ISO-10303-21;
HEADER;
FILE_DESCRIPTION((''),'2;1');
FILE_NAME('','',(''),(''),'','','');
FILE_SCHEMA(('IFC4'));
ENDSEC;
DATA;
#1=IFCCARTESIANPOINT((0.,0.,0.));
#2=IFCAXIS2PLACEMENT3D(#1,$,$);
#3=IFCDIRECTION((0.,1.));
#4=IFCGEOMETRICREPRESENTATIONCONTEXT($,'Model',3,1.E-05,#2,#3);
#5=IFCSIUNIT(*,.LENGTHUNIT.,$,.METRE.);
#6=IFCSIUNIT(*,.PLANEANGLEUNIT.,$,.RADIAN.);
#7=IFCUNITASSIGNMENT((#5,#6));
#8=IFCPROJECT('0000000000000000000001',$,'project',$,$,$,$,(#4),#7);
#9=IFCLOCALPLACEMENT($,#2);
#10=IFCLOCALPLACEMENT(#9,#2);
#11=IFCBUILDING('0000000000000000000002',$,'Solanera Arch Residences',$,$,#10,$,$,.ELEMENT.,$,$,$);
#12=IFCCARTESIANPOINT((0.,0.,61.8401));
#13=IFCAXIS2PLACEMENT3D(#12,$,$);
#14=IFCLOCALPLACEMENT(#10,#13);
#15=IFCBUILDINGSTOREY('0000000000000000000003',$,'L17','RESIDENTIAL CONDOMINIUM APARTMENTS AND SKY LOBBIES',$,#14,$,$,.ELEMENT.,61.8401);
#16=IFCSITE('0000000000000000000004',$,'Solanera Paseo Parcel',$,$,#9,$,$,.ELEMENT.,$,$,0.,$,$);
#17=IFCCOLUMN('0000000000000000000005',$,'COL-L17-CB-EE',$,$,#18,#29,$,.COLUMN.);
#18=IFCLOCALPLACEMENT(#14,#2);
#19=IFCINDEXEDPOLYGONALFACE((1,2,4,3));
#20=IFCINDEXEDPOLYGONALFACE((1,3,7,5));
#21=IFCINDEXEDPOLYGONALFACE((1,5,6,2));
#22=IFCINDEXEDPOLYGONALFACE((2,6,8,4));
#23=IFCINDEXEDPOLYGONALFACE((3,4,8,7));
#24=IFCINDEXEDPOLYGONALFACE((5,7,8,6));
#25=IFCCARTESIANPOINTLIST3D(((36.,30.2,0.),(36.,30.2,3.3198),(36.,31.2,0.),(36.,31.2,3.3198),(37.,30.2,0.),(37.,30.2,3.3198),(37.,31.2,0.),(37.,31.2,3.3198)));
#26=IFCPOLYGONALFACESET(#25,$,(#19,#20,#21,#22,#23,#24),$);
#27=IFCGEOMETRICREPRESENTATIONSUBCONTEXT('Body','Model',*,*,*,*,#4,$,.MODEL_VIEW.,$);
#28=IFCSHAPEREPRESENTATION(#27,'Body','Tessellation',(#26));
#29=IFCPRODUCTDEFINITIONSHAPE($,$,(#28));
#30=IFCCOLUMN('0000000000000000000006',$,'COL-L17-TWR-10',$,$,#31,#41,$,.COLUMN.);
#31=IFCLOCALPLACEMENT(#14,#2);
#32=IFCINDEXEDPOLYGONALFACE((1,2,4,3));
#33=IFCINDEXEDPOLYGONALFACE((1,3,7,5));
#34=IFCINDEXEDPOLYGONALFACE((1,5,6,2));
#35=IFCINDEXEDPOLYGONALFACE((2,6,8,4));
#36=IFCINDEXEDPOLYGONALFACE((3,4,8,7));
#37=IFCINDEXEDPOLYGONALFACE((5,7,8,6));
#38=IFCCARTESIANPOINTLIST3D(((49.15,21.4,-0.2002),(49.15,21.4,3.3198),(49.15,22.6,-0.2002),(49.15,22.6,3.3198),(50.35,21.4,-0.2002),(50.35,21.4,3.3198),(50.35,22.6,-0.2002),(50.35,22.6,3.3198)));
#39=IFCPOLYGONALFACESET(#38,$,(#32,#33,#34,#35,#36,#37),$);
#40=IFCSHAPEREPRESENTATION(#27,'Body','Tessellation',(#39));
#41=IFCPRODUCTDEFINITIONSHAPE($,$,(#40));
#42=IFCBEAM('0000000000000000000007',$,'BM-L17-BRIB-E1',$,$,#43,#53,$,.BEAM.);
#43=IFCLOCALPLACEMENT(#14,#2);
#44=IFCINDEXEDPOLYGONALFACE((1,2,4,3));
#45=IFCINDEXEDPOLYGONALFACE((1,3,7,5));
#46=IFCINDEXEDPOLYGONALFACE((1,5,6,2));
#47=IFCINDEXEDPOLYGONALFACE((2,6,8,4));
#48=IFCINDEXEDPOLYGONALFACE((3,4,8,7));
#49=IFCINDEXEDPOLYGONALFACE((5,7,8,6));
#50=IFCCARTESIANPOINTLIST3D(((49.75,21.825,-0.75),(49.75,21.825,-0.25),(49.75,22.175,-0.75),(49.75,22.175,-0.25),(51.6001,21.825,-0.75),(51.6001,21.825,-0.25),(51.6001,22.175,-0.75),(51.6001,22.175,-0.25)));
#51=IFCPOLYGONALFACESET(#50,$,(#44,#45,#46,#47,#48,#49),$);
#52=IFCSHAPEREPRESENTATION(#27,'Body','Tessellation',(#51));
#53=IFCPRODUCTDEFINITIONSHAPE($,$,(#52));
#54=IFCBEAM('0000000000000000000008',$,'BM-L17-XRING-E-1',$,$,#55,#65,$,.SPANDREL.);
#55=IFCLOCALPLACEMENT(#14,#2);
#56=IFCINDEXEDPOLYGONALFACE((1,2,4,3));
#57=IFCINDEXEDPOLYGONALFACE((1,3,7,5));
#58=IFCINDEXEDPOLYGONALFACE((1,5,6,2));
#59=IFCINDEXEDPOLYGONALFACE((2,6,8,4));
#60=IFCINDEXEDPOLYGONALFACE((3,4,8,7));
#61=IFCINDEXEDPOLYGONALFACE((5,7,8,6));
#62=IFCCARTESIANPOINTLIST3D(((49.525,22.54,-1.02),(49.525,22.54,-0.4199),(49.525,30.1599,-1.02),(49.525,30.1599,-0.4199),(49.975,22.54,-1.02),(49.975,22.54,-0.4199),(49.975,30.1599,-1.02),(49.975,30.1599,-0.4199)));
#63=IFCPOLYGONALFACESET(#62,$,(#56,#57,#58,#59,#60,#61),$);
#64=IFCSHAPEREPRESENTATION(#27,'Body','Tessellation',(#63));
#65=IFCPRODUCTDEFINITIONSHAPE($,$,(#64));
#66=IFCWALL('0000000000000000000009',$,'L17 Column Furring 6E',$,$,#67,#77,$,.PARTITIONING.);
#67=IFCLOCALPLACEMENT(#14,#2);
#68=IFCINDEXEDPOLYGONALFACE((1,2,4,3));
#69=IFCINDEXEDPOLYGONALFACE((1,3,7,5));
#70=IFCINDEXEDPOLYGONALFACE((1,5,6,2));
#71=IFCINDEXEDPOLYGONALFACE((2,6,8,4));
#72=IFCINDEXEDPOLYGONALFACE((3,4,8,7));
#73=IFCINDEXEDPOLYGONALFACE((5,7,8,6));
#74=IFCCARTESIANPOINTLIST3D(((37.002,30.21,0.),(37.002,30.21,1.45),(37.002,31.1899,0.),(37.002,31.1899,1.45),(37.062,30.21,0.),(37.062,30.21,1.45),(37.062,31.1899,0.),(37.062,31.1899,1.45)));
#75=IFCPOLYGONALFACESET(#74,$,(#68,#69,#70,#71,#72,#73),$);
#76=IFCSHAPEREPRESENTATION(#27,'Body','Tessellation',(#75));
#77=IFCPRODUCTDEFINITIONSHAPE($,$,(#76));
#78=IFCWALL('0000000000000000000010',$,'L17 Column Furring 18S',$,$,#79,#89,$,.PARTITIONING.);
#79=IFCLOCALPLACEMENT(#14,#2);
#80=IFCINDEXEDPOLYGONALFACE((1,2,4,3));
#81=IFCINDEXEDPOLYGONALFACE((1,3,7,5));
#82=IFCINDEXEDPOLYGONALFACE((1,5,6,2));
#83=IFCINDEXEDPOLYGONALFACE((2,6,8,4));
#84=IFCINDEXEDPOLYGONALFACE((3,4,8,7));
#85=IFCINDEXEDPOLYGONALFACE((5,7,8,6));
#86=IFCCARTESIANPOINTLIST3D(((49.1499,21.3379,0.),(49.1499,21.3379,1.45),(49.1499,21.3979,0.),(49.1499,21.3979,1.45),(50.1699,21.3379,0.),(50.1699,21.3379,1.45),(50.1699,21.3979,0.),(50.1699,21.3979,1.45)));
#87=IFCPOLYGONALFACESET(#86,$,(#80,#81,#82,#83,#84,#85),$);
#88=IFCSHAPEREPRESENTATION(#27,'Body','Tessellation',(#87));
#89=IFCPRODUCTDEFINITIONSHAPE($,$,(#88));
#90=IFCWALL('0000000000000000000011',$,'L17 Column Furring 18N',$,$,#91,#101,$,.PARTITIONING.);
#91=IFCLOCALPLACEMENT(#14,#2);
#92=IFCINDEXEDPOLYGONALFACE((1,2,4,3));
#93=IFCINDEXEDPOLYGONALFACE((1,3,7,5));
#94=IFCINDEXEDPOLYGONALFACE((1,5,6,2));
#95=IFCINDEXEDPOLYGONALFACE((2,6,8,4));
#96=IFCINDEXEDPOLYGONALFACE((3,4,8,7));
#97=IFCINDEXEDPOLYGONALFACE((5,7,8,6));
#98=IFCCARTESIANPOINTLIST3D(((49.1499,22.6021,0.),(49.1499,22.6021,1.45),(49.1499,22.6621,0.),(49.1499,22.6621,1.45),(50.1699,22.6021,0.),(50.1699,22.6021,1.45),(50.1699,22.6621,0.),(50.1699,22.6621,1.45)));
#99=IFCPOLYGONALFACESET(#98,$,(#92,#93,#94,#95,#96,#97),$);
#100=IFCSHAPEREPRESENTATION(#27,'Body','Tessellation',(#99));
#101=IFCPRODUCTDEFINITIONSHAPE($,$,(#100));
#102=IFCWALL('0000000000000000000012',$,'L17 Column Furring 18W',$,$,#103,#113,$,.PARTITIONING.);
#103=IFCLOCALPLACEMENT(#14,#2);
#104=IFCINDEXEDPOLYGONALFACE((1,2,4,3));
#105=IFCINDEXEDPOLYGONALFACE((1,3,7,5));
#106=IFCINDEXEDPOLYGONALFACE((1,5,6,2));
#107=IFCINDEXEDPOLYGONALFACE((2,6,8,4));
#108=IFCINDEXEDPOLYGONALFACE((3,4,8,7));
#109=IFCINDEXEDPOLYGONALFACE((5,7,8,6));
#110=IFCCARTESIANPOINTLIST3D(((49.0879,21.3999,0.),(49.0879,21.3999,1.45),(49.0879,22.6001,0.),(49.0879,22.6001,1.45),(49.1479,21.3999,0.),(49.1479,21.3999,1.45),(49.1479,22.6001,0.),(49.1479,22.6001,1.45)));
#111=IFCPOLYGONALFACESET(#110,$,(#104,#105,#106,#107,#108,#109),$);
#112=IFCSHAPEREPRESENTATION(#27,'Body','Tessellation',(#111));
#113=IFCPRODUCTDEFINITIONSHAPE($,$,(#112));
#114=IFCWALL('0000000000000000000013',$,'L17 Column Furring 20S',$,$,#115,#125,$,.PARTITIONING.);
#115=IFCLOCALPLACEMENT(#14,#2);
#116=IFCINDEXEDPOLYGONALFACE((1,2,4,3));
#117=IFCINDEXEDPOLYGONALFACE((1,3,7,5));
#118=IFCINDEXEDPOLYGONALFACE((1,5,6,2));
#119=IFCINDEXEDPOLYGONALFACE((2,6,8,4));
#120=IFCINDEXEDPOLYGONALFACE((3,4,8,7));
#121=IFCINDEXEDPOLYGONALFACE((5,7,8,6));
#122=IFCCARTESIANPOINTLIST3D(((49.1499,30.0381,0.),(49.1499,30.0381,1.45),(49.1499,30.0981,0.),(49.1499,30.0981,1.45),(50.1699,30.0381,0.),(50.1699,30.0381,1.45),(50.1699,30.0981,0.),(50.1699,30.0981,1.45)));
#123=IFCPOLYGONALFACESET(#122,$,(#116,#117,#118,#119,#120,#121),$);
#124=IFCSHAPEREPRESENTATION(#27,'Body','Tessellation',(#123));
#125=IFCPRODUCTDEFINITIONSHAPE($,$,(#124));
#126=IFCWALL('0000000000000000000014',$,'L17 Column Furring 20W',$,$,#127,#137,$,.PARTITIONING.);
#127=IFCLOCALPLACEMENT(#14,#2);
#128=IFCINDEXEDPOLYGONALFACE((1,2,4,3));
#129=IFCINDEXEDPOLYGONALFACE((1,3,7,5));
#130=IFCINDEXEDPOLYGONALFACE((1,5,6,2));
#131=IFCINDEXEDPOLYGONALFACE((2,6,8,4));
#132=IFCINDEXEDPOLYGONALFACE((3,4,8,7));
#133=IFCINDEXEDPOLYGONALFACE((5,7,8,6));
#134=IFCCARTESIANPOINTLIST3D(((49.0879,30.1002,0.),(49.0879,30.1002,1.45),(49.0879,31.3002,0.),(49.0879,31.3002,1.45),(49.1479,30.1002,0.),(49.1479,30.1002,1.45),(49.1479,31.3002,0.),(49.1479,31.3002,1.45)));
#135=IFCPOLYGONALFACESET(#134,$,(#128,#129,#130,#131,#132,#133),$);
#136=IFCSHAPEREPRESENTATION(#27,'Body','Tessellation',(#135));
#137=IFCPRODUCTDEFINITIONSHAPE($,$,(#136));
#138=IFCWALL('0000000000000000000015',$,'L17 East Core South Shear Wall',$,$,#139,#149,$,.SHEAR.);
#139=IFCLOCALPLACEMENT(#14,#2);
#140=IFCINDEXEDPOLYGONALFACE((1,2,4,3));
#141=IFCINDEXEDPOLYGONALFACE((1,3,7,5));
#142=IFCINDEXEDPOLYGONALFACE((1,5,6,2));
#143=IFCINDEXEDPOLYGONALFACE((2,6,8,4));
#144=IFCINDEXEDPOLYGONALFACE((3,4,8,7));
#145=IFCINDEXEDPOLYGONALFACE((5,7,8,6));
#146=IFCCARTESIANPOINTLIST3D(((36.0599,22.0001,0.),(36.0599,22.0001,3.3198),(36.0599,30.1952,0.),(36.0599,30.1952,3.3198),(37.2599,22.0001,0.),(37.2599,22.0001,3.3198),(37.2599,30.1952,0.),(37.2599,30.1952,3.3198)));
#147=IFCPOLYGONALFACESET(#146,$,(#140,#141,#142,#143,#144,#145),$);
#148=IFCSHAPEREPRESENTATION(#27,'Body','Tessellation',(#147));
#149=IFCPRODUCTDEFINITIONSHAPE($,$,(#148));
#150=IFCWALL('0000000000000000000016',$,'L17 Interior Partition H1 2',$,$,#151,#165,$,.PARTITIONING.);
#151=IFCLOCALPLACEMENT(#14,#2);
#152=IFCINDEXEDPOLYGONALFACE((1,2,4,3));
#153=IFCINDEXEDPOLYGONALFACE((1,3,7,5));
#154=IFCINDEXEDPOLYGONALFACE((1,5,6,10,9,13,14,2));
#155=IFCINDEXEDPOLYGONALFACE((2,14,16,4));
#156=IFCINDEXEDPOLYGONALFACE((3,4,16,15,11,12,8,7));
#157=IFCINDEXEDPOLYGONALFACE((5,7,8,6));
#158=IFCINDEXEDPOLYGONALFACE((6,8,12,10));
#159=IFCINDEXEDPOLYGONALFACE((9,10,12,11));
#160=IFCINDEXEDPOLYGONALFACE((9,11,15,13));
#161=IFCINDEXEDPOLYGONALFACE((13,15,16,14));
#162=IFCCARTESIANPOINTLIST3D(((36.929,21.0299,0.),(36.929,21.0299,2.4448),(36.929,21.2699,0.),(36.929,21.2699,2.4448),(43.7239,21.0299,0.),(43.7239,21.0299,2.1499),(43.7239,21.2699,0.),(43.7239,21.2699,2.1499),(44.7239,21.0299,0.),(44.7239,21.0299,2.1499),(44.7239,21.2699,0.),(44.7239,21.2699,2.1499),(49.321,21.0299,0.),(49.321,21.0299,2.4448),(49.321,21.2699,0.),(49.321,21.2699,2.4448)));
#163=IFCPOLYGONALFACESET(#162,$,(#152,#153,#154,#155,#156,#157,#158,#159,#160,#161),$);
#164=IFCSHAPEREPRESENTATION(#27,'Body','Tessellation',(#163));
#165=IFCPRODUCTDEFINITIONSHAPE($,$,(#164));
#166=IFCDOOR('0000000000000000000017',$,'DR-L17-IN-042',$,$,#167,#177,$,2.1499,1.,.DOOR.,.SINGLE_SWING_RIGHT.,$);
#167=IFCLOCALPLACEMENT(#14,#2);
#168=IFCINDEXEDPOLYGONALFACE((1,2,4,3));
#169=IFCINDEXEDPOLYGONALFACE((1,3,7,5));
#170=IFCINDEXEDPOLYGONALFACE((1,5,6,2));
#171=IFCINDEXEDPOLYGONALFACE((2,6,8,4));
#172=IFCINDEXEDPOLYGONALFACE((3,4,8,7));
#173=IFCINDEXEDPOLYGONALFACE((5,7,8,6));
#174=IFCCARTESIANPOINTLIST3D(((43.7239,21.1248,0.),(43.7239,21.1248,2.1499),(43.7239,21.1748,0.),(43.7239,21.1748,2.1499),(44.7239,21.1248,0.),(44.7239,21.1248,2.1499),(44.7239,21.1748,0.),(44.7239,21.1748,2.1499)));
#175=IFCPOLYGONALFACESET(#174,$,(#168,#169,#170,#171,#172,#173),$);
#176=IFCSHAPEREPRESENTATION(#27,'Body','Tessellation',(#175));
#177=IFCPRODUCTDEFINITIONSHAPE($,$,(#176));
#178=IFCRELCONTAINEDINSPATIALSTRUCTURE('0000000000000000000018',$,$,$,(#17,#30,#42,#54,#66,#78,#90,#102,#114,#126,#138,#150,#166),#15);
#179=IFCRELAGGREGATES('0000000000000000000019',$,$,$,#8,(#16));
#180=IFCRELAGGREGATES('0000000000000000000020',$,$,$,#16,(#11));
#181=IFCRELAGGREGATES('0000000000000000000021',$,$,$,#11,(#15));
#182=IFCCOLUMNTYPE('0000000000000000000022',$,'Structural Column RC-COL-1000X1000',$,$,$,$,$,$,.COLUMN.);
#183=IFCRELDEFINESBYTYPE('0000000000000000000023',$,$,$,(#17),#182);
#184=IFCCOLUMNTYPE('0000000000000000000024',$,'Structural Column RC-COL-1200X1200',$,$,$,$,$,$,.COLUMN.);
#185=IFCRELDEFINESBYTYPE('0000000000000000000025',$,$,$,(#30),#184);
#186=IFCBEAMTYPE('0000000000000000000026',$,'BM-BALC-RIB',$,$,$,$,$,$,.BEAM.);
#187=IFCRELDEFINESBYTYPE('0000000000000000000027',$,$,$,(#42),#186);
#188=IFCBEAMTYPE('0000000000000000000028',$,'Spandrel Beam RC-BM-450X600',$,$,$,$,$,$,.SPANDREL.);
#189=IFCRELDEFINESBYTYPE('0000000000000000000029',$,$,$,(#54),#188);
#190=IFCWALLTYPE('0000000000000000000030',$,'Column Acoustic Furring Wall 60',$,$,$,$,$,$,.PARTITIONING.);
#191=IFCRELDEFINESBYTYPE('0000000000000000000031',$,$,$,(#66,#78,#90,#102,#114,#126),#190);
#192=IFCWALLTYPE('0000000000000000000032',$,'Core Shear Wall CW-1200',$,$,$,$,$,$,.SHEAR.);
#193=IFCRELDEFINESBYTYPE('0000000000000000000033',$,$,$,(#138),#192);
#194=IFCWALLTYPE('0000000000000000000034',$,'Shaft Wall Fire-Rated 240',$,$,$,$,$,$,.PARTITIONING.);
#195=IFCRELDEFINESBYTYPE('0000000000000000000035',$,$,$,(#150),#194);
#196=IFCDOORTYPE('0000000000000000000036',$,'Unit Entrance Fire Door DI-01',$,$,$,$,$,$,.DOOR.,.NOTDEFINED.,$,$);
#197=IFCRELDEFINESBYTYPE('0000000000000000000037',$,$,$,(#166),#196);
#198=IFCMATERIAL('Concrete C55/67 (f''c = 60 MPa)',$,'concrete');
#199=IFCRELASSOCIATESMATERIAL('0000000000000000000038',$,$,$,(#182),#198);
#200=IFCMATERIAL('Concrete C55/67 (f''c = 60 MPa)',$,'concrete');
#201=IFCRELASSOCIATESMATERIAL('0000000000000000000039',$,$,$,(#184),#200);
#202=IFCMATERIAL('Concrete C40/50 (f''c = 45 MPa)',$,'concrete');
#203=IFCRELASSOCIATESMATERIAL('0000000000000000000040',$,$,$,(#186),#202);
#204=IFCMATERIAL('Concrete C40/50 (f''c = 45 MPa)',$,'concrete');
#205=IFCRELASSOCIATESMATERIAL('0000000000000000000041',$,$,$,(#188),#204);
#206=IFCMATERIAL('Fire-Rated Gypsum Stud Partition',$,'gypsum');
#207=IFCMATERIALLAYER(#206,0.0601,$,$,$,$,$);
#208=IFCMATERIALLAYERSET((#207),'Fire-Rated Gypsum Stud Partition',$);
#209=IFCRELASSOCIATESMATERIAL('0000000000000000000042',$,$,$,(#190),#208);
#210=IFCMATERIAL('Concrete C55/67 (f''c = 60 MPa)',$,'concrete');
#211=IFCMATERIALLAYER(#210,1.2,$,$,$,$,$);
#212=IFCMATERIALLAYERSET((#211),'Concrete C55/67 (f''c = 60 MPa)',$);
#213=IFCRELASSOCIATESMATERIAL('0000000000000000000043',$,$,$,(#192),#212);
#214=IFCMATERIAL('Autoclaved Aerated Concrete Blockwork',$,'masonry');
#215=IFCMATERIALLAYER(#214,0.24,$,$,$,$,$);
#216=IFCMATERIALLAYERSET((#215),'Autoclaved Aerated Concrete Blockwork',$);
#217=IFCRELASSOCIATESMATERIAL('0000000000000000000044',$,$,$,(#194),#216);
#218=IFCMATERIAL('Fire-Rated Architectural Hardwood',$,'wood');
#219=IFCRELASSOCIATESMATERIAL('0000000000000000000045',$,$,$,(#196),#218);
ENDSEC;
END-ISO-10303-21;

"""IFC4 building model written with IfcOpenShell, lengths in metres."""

from ifc_helpers import new_model, si_unit, direction, frame, frame_2d, origin, origin_2d, place, context, subcontext, project, spatial, rectangle, extrude, material, layer, layer_set, material_profile, profile_set, type_object, element, fill, save


model = new_model("IFC4")

# Units and contexts
model_context = context("Model", 3, precision=1e-05, world=origin(), true_north=direction((0.0, 1.0)))
body_context = subcontext(model_context, "Body", "Model", "MODEL_VIEW")
ifc_project = project(units=[si_unit("LENGTHUNIT", "METRE"), si_unit("PLANEANGLEUNIT", "RADIAN")], contexts=[model_context])

# Site, building, storey
site_placement = place(None, origin())
site = spatial("IfcSite", under=ifc_project, at=site_placement, Name="Solanera Paseo Parcel", CompositionType="ELEMENT", RefElevation=0.0)
building_placement = place(site_placement, origin())
building = spatial("IfcBuilding", under=site, at=building_placement, Name="Solanera Arch Residences", CompositionType="ELEMENT")
storey_placement = place(building_placement, frame((0.0, 0.0, 61.8401)))
storey = spatial("IfcBuildingStorey", under=building, at=storey_placement, Name="L17", Description="RESIDENTIAL CONDOMINIUM APARTMENTS AND SKY LOBBIES", CompositionType="ELEMENT", Elevation=61.8401)

# Columns
ifc_material_1 = material(Name="Concrete C55/67 (f'c = 60 MPa)", Category="concrete")
ifc_material_profile_1 = material_profile(ifc_material_1, rectangle(XDim=1.0, YDim=1.0, at=origin_2d()))
ifc_profile_set_1 = profile_set([ifc_material_profile_1], Name="Concrete C55/67 (f'c = 60 MPa)")
column_type_1 = type_object("IfcColumnType", Name="Structural Column RC-COL-1000X1000", PredefinedType="COLUMN", material=ifc_profile_set_1)
column_1_placement = place(storey_placement, frame((36.5, 30.7, 0.0), z_axis=(0.0, 0.0, 1.0), x_axis=(1.0, 0.0, 0.0)))
element("IfcColumn", 1, at=column_1_placement, inside=storey, type_object=column_type_1, Name="COL-L17-CB-EE", PredefinedType="COLUMN", context=body_context, shape_type="SweptSolid", body=[
    extrude(rectangle(XDim=1.0, YDim=1.0, at=origin_2d()), origin(), (0.0, 0.0, 1.0), 3.3198),
])
ifc_material_2 = material(Name="Concrete C55/67 (f'c = 60 MPa)", Category="concrete")
ifc_material_profile_2 = material_profile(ifc_material_2, rectangle(XDim=1.2, YDim=1.2, at=origin_2d()))
ifc_profile_set_2 = profile_set([ifc_material_profile_2], Name="Concrete C55/67 (f'c = 60 MPa)")
column_type_2 = type_object("IfcColumnType", Name="Structural Column RC-COL-1200X1200", PredefinedType="COLUMN", material=ifc_profile_set_2)
column_2_placement = place(storey_placement, frame((49.75, 22.0, -0.2002), z_axis=(0.0, 0.0, 1.0), x_axis=(1.0, 0.0, 0.0)))
element("IfcColumn", 2, at=column_2_placement, inside=storey, type_object=column_type_2, Name="COL-L17-TWR-10", PredefinedType="COLUMN", context=body_context, shape_type="SweptSolid", body=[
    extrude(rectangle(XDim=1.2, YDim=1.2, at=origin_2d()), origin(), (0.0, 0.0, 1.0), 3.52),
])

# Beams
ifc_material_3 = material(Name="Concrete C40/50 (f'c = 45 MPa)", Category="concrete")
ifc_material_profile_3 = material_profile(ifc_material_3, rectangle(XDim=0.3501, YDim=0.5, at=origin_2d()))
ifc_profile_set_3 = profile_set([ifc_material_profile_3], Name="Concrete C40/50 (f'c = 45 MPa)")
beam_type_1 = type_object("IfcBeamType", Name="BM-BALC-RIB", PredefinedType="BEAM", material=ifc_profile_set_3)
beam_1_placement = place(storey_placement, frame((49.75, 22.0, -0.5), z_axis=(1.0, 0.0, 0.0), x_axis=(0.0, 1.0, 0.0)))
element("IfcBeam", 3, at=beam_1_placement, inside=storey, type_object=beam_type_1, Name="BM-L17-BRIB-E1", PredefinedType="BEAM", context=body_context, shape_type="SweptSolid", body=[
    extrude(rectangle(XDim=0.3501, YDim=0.5, at=origin_2d()), origin(), (0.0, 0.0, 1.0), 1.8501),
])
ifc_material_4 = material(Name="Concrete C40/50 (f'c = 45 MPa)", Category="concrete")
ifc_material_profile_4 = material_profile(ifc_material_4, rectangle(XDim=0.45, YDim=0.6001, at=origin_2d()))
ifc_profile_set_4 = profile_set([ifc_material_profile_4], Name="Concrete C40/50 (f'c = 45 MPa)")
beam_type_2 = type_object("IfcBeamType", Name="Spandrel Beam RC-BM-450X600", PredefinedType="SPANDREL", material=ifc_profile_set_4)
beam_2_placement = place(storey_placement, frame((49.75, 22.54, -0.72), z_axis=(0.0, 1.0, 0.0), x_axis=(-1.0, 0.0, 0.0)))
element("IfcBeam", 4, at=beam_2_placement, inside=storey, type_object=beam_type_2, Name="BM-L17-XRING-E-1", PredefinedType="SPANDREL", context=body_context, shape_type="SweptSolid", body=[
    extrude(rectangle(XDim=0.45, YDim=0.6001, at=origin_2d()), origin(), (0.0, 0.0, 1.0), 7.6199),
])

# Walls
ifc_material_5 = material(Name="Fire-Rated Gypsum Stud Partition", Category="gypsum")
ifc_layer_1 = layer(ifc_material_5, 0.0601)
ifc_layer_set_1 = layer_set([ifc_layer_1], Name="Fire-Rated Gypsum Stud Partition")
wall_type_1 = type_object("IfcWallType", Name="Column Acoustic Furring Wall 60", PredefinedType="PARTITIONING", material=ifc_layer_set_1)
wall_1_placement = place(storey_placement, frame((37.032, 30.21, 0.0), z_axis=(0.0, 0.0, 1.0), x_axis=(0.0, 1.0, 0.0)))
element("IfcWall", 5, at=wall_1_placement, inside=storey, type_object=wall_type_1, Name="L17 Column Furring 6E", PredefinedType="PARTITIONING", context=body_context, shape_type="SweptSolid", body=[
    extrude(rectangle(XDim=0.98, YDim=0.0601, at=frame_2d((0.49, 0.0))), origin(), (0.0, 0.0, 1.0), 1.45),
])
for number, where, z_axis, x_axis, name in (
    (6, (49.1499, 21.3679, 0.0), (0.0, 0.0, 1.0), (1.0, 0.0, 0.0), "L17 Column Furring 18S"),
    (7, (49.1499, 22.6321, 0.0), (0.0, 0.0, 1.0), (1.0, 0.0, 0.0), "L17 Column Furring 18N"),
):
    element("IfcWall", number, at=place(storey_placement, frame(where, z_axis=z_axis, x_axis=x_axis)), inside=storey, type_object=wall_type_1, Name=name, PredefinedType="PARTITIONING", context=body_context, shape_type="SweptSolid", body=[
        extrude(rectangle(XDim=1.02, YDim=0.0601, at=frame_2d((0.51, 0.0))), origin(), (0.0, 0.0, 1.0), 1.45),
    ])
wall_2_placement = place(storey_placement, frame((49.1179, 21.3999, 0.0), z_axis=(0.0, 0.0, 1.0), x_axis=(0.0, 1.0, 0.0)))
element("IfcWall", 8, at=wall_2_placement, inside=storey, type_object=wall_type_1, Name="L17 Column Furring 18W", PredefinedType="PARTITIONING", context=body_context, shape_type="SweptSolid", body=[
    extrude(rectangle(XDim=1.2002, YDim=0.0601, at=frame_2d((0.6001, 0.0))), origin(), (0.0, 0.0, 1.0), 1.45),
])
wall_3_placement = place(storey_placement, frame((49.1499, 30.0681, 0.0), z_axis=(0.0, 0.0, 1.0), x_axis=(1.0, 0.0, 0.0)))
element("IfcWall", 9, at=wall_3_placement, inside=storey, type_object=wall_type_1, Name="L17 Column Furring 20S", PredefinedType="PARTITIONING", context=body_context, shape_type="SweptSolid", body=[
    extrude(rectangle(XDim=1.02, YDim=0.0601, at=frame_2d((0.51, 0.0))), origin(), (0.0, 0.0, 1.0), 1.45),
])
wall_4_placement = place(storey_placement, frame((49.1179, 30.1001, 0.0), z_axis=(0.0, 0.0, 1.0), x_axis=(0.0, 1.0, 0.0)))
element("IfcWall", 10, at=wall_4_placement, inside=storey, type_object=wall_type_1, Name="L17 Column Furring 20W", PredefinedType="PARTITIONING", context=body_context, shape_type="SweptSolid", body=[
    extrude(rectangle(XDim=1.2, YDim=0.0601, at=frame_2d((0.6001, 0.0))), origin(), (0.0, 0.0, 1.0), 1.45),
])
ifc_material_6 = material(Name="Concrete C55/67 (f'c = 60 MPa)", Category="concrete")
ifc_layer_2 = layer(ifc_material_6, 1.2)
ifc_layer_set_2 = layer_set([ifc_layer_2], Name="Concrete C55/67 (f'c = 60 MPa)")
wall_type_2 = type_object("IfcWallType", Name="Core Shear Wall CW-1200", PredefinedType="SHEAR", material=ifc_layer_set_2)
wall_5_placement = place(storey_placement, frame((36.6599, 22.0, 0.0), z_axis=(0.0, 0.0, 1.0), x_axis=(0.0, 1.0, 0.0)))
element("IfcWall", 11, at=wall_5_placement, inside=storey, type_object=wall_type_2, Name="L17 East Core South Shear Wall", PredefinedType="SHEAR", context=body_context, shape_type="SweptSolid", body=[
    extrude(rectangle(XDim=8.1951, YDim=1.2, at=frame_2d((4.0977, 0.0))), origin(), (0.0, 0.0, 1.0), 3.3198),
])

# Wall, opening, door
ifc_material_7 = material(Name="Autoclaved Aerated Concrete Blockwork", Category="masonry")
ifc_layer_3 = layer(ifc_material_7, 0.24)
ifc_layer_set_3 = layer_set([ifc_layer_3], Name="Autoclaved Aerated Concrete Blockwork")
wall_type_3 = type_object("IfcWallType", Name="Shaft Wall Fire-Rated 240", PredefinedType="PARTITIONING", material=ifc_layer_set_3)
wall_6_placement = place(storey_placement, frame((36.929, 21.1499, 0.0), z_axis=(0.0, 0.0, 1.0), x_axis=(1.0, 0.0, 0.0)))
wall_6 = element("IfcWall", 12, at=wall_6_placement, inside=storey, type_object=wall_type_3, Name="L17 Interior Partition H1 2", PredefinedType="PARTITIONING", context=body_context, shape_type="SweptSolid", body=[
    extrude(rectangle(XDim=12.3921, YDim=0.24, at=frame_2d((6.196, 0.0))), origin(), (0.0, 0.0, 1.0), 2.4448),
])
opening_1_placement = place(wall_6_placement, frame((6.7949, 0.0, 0.0)))
opening_1 = element("IfcOpeningElement", 13, at=opening_1_placement, cuts=wall_6, PredefinedType="OPENING", context=body_context, shape_type="SweptSolid", body=[
    extrude(rectangle(XDim=1.0, YDim=2.1499, at=frame_2d((0.5, 1.075))), frame((0.0, 0.1299, 0.0), z_axis=(0.0, -1.0, 0.0), x_axis=(1.0, 0.0, 0.0)), (0.0, 0.0, 1.0), 0.26),
])
ifc_material_8 = material(Name="Fire-Rated Architectural Hardwood", Category="wood")
door_type_1 = type_object("IfcDoorType", Name="Unit Entrance Fire Door DI-01", OperationType="NOTDEFINED", PredefinedType="DOOR", material=ifc_material_8)
door_1_placement = place(opening_1_placement, origin())
door_1 = element("IfcDoor", 14, at=door_1_placement, inside=storey, type_object=door_type_1, Name="DR-L17-IN-042", OperationType="SINGLE_SWING_RIGHT", OverallHeight=2.1499, OverallWidth=1.0, PredefinedType="DOOR", context=body_context, shape_type="SweptSolid", body=[
    extrude(rectangle(XDim=1.0, YDim=2.1499, at=frame_2d((0.5, 1.075))), frame((0.0, 0.0249, 0.0), z_axis=(0.0, -1.0, 0.0), x_axis=(1.0, 0.0, 0.0)), (0.0, 0.0, 1.0), 0.05),
])
fill(opening_1, door_1)

save(model, "model.ifc")
